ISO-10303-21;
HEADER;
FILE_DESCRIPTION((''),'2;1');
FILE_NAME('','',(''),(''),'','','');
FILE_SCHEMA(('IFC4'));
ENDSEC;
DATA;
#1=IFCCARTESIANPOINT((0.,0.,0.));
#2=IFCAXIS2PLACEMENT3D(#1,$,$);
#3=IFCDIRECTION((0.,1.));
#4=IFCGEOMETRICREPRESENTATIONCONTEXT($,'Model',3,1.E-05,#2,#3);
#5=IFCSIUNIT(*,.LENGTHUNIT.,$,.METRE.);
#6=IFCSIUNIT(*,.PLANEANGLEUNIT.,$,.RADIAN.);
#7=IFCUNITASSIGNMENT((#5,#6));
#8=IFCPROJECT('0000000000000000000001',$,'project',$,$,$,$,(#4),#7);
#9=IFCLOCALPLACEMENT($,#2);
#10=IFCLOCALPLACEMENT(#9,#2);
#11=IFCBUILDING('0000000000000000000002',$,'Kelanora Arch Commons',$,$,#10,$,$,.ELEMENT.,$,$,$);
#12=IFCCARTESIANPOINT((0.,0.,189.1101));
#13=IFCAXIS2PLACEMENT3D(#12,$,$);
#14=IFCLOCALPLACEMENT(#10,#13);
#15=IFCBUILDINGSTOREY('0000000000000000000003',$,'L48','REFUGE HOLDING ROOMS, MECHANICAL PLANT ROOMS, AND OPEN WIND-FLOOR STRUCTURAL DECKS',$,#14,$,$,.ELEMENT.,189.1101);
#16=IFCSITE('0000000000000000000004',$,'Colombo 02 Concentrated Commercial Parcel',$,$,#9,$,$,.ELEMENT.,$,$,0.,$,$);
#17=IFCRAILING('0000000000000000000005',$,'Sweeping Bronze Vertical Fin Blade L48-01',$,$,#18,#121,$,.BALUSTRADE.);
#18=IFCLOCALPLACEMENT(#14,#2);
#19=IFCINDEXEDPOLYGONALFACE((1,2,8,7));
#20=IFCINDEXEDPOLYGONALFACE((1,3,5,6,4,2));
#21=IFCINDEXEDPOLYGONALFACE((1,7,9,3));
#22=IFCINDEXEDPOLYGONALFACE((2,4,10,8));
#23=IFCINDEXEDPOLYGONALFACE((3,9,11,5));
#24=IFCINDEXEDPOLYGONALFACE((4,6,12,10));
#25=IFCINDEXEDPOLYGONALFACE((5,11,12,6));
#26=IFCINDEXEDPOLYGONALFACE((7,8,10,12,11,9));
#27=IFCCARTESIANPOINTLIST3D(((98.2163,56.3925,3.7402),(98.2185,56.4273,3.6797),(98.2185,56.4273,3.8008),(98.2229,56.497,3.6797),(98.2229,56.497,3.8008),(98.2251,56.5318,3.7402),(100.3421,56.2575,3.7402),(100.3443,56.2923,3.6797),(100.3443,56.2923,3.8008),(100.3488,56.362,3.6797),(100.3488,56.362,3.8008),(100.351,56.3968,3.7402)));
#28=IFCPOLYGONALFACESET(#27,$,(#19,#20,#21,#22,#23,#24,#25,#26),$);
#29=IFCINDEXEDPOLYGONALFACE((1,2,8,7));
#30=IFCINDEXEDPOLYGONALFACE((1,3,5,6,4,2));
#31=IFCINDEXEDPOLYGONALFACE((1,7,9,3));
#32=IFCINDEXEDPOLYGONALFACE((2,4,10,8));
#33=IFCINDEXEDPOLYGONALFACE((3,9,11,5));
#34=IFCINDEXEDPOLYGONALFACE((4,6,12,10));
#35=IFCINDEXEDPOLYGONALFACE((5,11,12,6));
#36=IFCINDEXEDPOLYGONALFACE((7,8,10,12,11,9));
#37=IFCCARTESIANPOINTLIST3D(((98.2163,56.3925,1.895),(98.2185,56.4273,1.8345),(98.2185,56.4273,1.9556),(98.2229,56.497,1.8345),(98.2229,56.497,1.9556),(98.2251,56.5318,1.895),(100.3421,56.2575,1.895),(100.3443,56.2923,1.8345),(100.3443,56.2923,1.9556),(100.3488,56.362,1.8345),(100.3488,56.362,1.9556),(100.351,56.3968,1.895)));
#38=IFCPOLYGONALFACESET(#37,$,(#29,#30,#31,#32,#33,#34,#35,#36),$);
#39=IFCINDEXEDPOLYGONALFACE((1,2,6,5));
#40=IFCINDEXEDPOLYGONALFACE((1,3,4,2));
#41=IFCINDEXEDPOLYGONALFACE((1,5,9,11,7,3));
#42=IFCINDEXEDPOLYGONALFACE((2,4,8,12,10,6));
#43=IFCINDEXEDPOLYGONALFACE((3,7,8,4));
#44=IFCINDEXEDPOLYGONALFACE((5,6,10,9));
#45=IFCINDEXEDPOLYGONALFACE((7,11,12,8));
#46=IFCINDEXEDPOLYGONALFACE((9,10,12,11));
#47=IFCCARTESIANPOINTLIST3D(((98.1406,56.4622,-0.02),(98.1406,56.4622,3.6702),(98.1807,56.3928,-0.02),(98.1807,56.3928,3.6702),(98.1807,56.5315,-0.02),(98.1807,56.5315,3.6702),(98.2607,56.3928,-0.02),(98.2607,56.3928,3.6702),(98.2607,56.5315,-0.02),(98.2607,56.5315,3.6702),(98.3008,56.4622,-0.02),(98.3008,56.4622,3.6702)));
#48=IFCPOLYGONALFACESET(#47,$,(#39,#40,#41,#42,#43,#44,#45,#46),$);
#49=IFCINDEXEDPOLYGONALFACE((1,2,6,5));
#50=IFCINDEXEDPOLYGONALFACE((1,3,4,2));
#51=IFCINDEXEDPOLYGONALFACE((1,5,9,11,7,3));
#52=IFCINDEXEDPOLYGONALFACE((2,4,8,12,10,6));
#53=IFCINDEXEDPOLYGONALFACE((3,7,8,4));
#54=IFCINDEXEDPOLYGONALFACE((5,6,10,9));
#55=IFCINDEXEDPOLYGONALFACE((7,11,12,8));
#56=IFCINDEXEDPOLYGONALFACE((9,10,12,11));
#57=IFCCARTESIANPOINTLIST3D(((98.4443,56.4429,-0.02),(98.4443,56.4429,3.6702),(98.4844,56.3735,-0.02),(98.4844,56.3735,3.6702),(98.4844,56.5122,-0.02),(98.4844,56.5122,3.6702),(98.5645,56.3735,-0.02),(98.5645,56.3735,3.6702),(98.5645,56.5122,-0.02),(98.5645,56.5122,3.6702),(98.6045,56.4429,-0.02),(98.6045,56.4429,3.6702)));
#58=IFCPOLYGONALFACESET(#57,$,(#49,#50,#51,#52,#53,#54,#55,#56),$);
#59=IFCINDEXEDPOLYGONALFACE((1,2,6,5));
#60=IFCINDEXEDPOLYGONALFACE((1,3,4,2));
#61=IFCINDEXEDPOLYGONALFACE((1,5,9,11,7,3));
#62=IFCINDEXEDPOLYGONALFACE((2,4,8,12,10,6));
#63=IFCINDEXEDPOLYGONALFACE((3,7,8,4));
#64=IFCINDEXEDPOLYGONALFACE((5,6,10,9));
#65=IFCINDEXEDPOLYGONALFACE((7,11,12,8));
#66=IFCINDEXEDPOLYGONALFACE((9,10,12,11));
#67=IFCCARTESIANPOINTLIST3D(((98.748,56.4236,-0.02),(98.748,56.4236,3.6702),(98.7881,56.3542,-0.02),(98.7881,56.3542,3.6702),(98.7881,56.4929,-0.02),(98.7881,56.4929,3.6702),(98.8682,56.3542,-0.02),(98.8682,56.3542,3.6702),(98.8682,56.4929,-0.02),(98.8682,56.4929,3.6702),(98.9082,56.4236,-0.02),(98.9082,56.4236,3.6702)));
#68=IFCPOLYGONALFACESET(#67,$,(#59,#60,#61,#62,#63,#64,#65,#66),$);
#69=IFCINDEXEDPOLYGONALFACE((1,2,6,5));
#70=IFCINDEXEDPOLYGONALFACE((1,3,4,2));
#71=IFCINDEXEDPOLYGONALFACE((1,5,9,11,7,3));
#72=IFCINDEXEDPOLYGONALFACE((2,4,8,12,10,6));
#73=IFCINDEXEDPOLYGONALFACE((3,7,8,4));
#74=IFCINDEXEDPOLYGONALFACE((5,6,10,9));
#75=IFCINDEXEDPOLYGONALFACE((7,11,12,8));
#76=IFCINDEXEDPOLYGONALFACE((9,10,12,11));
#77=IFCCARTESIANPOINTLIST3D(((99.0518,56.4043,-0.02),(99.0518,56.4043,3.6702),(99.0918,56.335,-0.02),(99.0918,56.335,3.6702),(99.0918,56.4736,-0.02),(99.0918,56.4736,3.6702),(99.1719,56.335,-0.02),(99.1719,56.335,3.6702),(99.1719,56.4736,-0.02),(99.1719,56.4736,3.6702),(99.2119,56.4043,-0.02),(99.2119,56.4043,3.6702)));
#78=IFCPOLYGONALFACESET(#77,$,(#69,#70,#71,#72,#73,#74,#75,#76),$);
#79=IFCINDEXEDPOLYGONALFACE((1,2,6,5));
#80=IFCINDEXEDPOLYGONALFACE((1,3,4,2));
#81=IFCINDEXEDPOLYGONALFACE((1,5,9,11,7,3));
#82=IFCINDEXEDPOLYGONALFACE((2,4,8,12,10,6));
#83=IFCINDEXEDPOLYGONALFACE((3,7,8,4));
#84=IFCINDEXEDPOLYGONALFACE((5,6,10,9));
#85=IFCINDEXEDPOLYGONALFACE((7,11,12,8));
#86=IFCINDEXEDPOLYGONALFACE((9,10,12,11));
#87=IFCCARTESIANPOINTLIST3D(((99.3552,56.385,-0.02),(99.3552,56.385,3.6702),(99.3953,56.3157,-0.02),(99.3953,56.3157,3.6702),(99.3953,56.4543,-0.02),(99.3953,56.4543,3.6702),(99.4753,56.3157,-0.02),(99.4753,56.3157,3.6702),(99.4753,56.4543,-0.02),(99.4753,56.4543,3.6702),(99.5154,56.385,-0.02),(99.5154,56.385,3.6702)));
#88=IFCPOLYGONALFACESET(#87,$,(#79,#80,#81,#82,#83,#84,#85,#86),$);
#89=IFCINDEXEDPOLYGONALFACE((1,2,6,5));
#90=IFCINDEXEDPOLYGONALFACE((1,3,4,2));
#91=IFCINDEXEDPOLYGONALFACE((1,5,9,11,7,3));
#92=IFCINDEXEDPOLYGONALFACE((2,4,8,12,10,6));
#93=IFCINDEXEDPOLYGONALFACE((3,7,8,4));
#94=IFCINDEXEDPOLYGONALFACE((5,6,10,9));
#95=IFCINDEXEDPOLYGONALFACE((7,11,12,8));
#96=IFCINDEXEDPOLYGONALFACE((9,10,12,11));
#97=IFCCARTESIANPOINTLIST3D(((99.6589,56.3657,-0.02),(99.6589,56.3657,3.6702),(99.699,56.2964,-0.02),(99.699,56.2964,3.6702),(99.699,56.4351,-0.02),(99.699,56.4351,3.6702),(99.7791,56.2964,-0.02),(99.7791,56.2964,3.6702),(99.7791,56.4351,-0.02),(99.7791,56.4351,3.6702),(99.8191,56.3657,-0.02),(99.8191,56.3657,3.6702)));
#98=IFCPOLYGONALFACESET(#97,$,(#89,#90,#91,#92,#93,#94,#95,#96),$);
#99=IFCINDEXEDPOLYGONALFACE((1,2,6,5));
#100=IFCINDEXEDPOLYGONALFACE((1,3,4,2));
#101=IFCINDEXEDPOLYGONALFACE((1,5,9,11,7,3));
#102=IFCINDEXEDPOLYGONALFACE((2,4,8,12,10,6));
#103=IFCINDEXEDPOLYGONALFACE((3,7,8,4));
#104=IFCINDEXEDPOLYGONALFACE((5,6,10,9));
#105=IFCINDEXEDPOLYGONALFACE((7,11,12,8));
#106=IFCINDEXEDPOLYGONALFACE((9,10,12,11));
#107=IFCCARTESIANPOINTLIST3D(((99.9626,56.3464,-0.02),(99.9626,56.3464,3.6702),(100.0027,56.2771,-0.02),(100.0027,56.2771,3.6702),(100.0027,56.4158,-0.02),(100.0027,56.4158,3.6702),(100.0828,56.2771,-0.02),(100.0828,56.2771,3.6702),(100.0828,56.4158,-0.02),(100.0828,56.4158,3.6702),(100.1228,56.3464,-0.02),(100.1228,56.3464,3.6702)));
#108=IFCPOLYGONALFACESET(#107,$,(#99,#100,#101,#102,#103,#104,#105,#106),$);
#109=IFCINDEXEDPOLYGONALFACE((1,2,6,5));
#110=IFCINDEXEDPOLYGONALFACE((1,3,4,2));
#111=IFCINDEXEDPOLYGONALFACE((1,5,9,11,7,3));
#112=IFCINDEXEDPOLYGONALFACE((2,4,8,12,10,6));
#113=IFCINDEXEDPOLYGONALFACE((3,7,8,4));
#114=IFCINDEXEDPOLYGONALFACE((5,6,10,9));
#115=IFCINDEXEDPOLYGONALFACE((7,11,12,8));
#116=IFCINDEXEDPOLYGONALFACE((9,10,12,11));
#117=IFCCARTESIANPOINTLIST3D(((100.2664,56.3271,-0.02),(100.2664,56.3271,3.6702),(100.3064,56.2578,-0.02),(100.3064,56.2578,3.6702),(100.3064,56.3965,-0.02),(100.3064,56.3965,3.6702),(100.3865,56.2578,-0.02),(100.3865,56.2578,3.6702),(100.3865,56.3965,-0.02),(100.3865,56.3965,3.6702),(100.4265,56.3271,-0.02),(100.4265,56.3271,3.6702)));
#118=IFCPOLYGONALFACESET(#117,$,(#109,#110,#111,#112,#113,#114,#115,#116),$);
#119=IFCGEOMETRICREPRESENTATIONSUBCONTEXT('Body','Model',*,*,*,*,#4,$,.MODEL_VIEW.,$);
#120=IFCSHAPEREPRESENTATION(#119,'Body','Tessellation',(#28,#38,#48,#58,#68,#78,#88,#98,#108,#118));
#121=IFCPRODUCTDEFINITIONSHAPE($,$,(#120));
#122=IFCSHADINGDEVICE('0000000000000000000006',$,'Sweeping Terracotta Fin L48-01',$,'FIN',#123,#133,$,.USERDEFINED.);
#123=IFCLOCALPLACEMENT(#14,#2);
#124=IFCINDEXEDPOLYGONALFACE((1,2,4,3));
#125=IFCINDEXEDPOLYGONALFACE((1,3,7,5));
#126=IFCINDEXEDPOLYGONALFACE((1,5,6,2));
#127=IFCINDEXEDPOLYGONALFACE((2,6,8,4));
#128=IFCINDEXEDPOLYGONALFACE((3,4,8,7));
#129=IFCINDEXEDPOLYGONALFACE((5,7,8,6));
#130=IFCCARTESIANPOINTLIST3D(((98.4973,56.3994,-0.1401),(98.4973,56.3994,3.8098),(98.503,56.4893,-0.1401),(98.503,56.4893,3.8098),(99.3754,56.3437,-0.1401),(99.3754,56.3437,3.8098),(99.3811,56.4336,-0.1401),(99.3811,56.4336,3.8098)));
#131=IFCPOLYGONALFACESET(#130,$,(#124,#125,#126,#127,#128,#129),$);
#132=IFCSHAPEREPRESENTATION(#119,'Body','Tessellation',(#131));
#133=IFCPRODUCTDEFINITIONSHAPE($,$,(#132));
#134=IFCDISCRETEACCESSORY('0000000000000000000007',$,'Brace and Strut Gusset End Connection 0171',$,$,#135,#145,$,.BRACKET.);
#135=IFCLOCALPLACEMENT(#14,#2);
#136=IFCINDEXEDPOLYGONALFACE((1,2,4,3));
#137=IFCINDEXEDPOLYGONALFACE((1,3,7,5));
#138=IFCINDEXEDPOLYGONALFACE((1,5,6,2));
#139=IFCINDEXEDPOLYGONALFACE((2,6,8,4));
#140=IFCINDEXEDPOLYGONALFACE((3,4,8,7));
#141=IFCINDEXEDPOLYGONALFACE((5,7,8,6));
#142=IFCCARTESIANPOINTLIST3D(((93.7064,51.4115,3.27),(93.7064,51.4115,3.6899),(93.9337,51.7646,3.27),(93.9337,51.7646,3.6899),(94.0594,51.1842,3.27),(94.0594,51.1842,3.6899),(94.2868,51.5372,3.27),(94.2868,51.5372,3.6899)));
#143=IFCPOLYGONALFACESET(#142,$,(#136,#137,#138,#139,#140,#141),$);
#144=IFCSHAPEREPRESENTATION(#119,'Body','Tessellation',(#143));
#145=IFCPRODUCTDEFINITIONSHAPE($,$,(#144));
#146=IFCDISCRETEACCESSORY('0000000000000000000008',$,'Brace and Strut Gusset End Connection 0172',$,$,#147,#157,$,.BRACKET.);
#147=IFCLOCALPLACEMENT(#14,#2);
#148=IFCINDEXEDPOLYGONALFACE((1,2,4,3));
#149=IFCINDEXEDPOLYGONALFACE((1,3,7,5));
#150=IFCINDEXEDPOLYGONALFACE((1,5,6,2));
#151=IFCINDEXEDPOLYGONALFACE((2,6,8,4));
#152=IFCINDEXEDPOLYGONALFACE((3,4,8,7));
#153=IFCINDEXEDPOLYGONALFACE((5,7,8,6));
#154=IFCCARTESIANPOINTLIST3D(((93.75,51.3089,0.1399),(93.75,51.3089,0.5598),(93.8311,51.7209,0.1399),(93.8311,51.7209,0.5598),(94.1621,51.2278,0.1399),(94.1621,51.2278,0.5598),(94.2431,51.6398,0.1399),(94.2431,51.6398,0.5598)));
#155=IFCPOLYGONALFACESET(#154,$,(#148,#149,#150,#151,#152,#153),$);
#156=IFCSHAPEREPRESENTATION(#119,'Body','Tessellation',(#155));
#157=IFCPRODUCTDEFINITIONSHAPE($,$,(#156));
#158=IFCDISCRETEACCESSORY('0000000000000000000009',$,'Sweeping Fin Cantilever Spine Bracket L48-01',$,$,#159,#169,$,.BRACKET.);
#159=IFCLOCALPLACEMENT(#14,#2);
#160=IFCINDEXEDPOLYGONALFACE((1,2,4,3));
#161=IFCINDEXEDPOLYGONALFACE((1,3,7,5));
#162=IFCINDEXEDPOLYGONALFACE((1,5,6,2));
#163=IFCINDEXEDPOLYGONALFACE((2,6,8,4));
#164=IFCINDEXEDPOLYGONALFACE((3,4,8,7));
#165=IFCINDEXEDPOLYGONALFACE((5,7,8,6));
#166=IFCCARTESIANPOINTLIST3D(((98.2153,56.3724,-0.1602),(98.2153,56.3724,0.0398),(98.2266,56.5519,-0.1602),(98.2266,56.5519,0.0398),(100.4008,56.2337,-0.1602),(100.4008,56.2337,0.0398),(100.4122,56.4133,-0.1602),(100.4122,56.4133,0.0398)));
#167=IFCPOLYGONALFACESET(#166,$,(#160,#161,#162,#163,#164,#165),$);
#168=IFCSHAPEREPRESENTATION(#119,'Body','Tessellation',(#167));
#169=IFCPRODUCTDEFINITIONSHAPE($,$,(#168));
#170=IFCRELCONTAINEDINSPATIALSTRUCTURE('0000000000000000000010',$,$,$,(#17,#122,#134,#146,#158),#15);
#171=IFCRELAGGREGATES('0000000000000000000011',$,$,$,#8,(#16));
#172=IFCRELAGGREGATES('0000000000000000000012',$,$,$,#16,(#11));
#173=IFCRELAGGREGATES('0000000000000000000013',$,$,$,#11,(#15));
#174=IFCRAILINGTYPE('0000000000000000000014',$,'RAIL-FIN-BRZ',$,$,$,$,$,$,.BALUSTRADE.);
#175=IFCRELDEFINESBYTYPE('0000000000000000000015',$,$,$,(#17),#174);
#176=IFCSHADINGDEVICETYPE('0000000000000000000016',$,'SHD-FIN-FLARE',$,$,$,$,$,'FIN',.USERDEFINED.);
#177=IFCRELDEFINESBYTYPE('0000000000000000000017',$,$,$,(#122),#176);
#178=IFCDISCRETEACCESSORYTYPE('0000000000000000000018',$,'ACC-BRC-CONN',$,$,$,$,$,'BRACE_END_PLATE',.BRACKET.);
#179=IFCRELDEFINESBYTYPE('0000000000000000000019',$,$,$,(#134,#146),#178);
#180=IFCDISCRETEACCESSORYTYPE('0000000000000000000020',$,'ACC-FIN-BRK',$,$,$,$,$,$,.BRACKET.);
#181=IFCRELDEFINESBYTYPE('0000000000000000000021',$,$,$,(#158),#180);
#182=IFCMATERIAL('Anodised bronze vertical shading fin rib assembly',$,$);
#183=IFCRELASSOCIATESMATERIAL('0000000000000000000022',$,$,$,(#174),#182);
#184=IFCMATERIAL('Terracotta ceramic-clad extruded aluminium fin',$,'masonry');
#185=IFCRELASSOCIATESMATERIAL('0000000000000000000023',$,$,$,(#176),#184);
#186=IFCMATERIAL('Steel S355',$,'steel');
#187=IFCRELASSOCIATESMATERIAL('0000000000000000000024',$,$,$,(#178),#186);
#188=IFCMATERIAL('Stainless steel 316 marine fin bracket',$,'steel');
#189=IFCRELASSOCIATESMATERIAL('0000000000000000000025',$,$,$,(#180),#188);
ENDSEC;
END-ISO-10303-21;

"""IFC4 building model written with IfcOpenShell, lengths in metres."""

from ifc_helpers import new_model, si_unit, direction, frame, origin, origin_2d, place, context, subcontext, project, spatial, polyline, rectangle, outline, extrude, source, transform, mapped, material, type_object, element, save


model = new_model("IFC4")

# Units and contexts
model_context = context("Model", 3, precision=1e-05, world=origin(), true_north=direction((0.0, 1.0)))
body_context = subcontext(model_context, "Body", "Model", "MODEL_VIEW")
ifc_project = project(units=[si_unit("LENGTHUNIT", "METRE"), si_unit("PLANEANGLEUNIT", "RADIAN")], contexts=[model_context])

# Site, building, storey
site_placement = place(None, origin())
site = spatial("IfcSite", under=ifc_project, at=site_placement, Name="Colombo 02 Concentrated Commercial Parcel", CompositionType="ELEMENT", RefElevation=0.0)
building_placement = place(site_placement, origin())
building = spatial("IfcBuilding", under=site, at=building_placement, Name="Kelanora Arch Commons", CompositionType="ELEMENT")
storey_placement = place(building_placement, frame((0.0, 0.0, 189.1101)))
storey = spatial("IfcBuildingStorey", under=building, at=storey_placement, Name="L48", Description="REFUGE HOLDING ROOMS, MECHANICAL PLANT ROOMS, AND OPEN WIND-FLOOR STRUCTURAL DECKS", CompositionType="ELEMENT", Elevation=189.1101)

# Shared definitions
ifc_material_1 = material(Name="Steel S355", Category="steel")

# Railing
ifc_material_2 = material(Name="Anodised bronze vertical shading fin rib assembly")
railing_type = type_object("IfcRailingType", Name="RAIL-FIN-BRZ", PredefinedType="BALUSTRADE", material=ifc_material_2)
railing_1_placement = place(storey_placement, frame((98.2207, 56.4622, -0.02)))
element("IfcRailing", 1, at=railing_1_placement, inside=storey, type_object=railing_type, Name="Sweeping Bronze Vertical Fin Blade L48-01", PredefinedType="BALUSTRADE", context=body_context, shape_type="SweptSolid", body=[
    extrude(outline(polyline([(0.0698, 0.0), (0.0349, 0.0605), (-0.0349, 0.0605), (-0.0698, 0.0), (-0.0349, -0.0605), (0.0349, -0.0605), (0.0698, 0.0)])), frame((0.0, 0.0, 3.7603), z_axis=(0.997989, -0.063384, 0.0), x_axis=(0.063384, 0.997989, 0.0)), (0.0, 0.0, 1.0), 2.1301),
    extrude(outline(polyline([(0.0698, 0.0), (0.0349, 0.0605), (-0.0349, 0.0605), (-0.0698, 0.0), (-0.0349, -0.0605), (0.0349, -0.0605), (0.0698, 0.0)])), frame((0.0, 0.0, 1.915), z_axis=(0.997989, -0.063384, 0.0), x_axis=(0.063384, 0.997989, 0.0)), (0.0, 0.0, 1.0), 2.1301),
    extrude(outline(polyline([(0.0801, 0.0), (0.04, 0.0693), (-0.04, 0.0693), (-0.0801, 0.0), (-0.04, -0.0693), (0.04, -0.0693), (0.0801, 0.0)])), origin(), (0.0, 0.0, 1.0), 3.6902),
    extrude(outline(polyline([(0.0801, 0.0), (0.04, 0.0693), (-0.04, 0.0693), (-0.0801, 0.0), (-0.04, -0.0693), (0.04, -0.0693), (0.0801, 0.0)])), frame((0.3037, -0.0193, 0.0)), (0.0, 0.0, 1.0), 3.6902),
    extrude(outline(polyline([(0.0801, 0.0), (0.04, 0.0693), (-0.04, 0.0693), (-0.0801, 0.0), (-0.04, -0.0693), (0.04, -0.0693), (0.0801, 0.0)])), frame((0.6074, -0.0386, 0.0)), (0.0, 0.0, 1.0), 3.6902),
    extrude(outline(polyline([(0.0801, 0.0), (0.04, 0.0693), (-0.04, 0.0693), (-0.0801, 0.0), (-0.04, -0.0693), (0.04, -0.0693), (0.0801, 0.0)])), frame((0.9111, -0.0579, 0.0)), (0.0, 0.0, 1.0), 3.6902),
    extrude(outline(polyline([(0.0801, 0.0), (0.04, 0.0693), (-0.04, 0.0693), (-0.0801, 0.0), (-0.04, -0.0693), (0.04, -0.0693), (0.0801, 0.0)])), frame((1.2146, -0.0771, 0.0)), (0.0, 0.0, 1.0), 3.6902),
    extrude(outline(polyline([(0.0801, 0.0), (0.04, 0.0693), (-0.04, 0.0693), (-0.0801, 0.0), (-0.04, -0.0693), (0.04, -0.0693), (0.0801, 0.0)])), frame((1.5183, -0.0964, 0.0)), (0.0, 0.0, 1.0), 3.6902),
    extrude(outline(polyline([(0.0801, 0.0), (0.04, 0.0693), (-0.04, 0.0693), (-0.0801, 0.0), (-0.04, -0.0693), (0.04, -0.0693), (0.0801, 0.0)])), frame((1.822, -0.1157, 0.0)), (0.0, 0.0, 1.0), 3.6902),
    extrude(outline(polyline([(0.0801, 0.0), (0.04, 0.0693), (-0.04, 0.0693), (-0.0801, 0.0), (-0.04, -0.0693), (0.04, -0.0693), (0.0801, 0.0)])), frame((2.1257, -0.135, 0.0)), (0.0, 0.0, 1.0), 3.6902),
])

# Shading device
ifc_material_3 = material(Name="Terracotta ceramic-clad extruded aluminium fin", Category="masonry")
shading_device_type = type_object("IfcShadingDeviceType", Name="SHD-FIN-FLARE", ElementType="FIN", PredefinedType="USERDEFINED", material=ifc_material_3)
shared_shape_1 = source(origin(), body_context, "Body", "SweptSolid", [
    extrude(rectangle(XDim=0.8799, YDim=0.0901, at=origin_2d()), origin(), (0.0, 0.0, 1.0), 3.95),
])
shading_device_placement = place(storey_placement, frame((98.9392, 56.4165, -0.1401), z_axis=(0.0, 0.0, 1.0), x_axis=(0.997994, -0.063313, 0.0)))
element("IfcShadingDevice", 2, at=shading_device_placement, inside=storey, type_object=shading_device_type, Name="Sweeping Terracotta Fin L48-01", ObjectType="FIN", PredefinedType="USERDEFINED", context=body_context, shape_type="MappedRepresentation", body=[
    mapped(shared_shape_1, transform((0.0, 0.0, 0.0), scale=1.0)),
])

# Discrete accessories
discrete_accessory_type_1 = type_object("IfcDiscreteAccessoryType", Name="ACC-BRC-CONN", ElementType="BRACE_END_PLATE", PredefinedType="BRACKET", material=ifc_material_1)
shared_shape_2 = source(origin(), body_context, "Body", "SweptSolid", [
    extrude(rectangle(XDim=0.4199, YDim=0.4199, at=origin_2d()), origin(), (0.0, 0.0, 1.0), 0.4199),
])
for number, where, z_axis, x_axis, name in (
    (3, (93.9966, 51.4744, 3.27), (0.0, 0.0, 1.0), (0.541415, 0.840756, 0.0), "Brace and Strut Gusset End Connection 0171"),
    (4, (93.9966, 51.4744, 0.1399), (0.0, 0.0, 1.0), (0.193036, 0.981192, 0.0), "Brace and Strut Gusset End Connection 0172"),
):
    element("IfcDiscreteAccessory", number, at=place(storey_placement, frame(where, z_axis=z_axis, x_axis=x_axis)), inside=storey, type_object=discrete_accessory_type_1, Name=name, PredefinedType="BRACKET", context=body_context, shape_type="MappedRepresentation", body=[
        mapped(shared_shape_2, transform((0.0, 0.0, 0.0), scale=1.0)),
    ])
ifc_material_4 = material(Name="Stainless steel 316 marine fin bracket", Category="steel")
discrete_accessory_type_2 = type_object("IfcDiscreteAccessoryType", Name="ACC-FIN-BRK", PredefinedType="BRACKET", material=ifc_material_4)
shared_shape_3 = source(origin(), body_context, "Body", "SweptSolid", [
    extrude(rectangle(XDim=2.1899, YDim=0.1799, at=origin_2d()), origin(), (0.0, 0.0, 1.0), 0.2),
])
discrete_accessory_placement = place(storey_placement, frame((99.3137, 56.3928, -0.1602), z_axis=(0.0, 0.0, 1.0), x_axis=(0.997994, -0.063313, 0.0)))
element("IfcDiscreteAccessory", 5, at=discrete_accessory_placement, inside=storey, type_object=discrete_accessory_type_2, Name="Sweeping Fin Cantilever Spine Bracket L48-01", PredefinedType="BRACKET", context=body_context, shape_type="MappedRepresentation", body=[
    mapped(shared_shape_3, transform((0.0, 0.0, 0.0), scale=1.0)),
])

save(model, "model.ifc")
